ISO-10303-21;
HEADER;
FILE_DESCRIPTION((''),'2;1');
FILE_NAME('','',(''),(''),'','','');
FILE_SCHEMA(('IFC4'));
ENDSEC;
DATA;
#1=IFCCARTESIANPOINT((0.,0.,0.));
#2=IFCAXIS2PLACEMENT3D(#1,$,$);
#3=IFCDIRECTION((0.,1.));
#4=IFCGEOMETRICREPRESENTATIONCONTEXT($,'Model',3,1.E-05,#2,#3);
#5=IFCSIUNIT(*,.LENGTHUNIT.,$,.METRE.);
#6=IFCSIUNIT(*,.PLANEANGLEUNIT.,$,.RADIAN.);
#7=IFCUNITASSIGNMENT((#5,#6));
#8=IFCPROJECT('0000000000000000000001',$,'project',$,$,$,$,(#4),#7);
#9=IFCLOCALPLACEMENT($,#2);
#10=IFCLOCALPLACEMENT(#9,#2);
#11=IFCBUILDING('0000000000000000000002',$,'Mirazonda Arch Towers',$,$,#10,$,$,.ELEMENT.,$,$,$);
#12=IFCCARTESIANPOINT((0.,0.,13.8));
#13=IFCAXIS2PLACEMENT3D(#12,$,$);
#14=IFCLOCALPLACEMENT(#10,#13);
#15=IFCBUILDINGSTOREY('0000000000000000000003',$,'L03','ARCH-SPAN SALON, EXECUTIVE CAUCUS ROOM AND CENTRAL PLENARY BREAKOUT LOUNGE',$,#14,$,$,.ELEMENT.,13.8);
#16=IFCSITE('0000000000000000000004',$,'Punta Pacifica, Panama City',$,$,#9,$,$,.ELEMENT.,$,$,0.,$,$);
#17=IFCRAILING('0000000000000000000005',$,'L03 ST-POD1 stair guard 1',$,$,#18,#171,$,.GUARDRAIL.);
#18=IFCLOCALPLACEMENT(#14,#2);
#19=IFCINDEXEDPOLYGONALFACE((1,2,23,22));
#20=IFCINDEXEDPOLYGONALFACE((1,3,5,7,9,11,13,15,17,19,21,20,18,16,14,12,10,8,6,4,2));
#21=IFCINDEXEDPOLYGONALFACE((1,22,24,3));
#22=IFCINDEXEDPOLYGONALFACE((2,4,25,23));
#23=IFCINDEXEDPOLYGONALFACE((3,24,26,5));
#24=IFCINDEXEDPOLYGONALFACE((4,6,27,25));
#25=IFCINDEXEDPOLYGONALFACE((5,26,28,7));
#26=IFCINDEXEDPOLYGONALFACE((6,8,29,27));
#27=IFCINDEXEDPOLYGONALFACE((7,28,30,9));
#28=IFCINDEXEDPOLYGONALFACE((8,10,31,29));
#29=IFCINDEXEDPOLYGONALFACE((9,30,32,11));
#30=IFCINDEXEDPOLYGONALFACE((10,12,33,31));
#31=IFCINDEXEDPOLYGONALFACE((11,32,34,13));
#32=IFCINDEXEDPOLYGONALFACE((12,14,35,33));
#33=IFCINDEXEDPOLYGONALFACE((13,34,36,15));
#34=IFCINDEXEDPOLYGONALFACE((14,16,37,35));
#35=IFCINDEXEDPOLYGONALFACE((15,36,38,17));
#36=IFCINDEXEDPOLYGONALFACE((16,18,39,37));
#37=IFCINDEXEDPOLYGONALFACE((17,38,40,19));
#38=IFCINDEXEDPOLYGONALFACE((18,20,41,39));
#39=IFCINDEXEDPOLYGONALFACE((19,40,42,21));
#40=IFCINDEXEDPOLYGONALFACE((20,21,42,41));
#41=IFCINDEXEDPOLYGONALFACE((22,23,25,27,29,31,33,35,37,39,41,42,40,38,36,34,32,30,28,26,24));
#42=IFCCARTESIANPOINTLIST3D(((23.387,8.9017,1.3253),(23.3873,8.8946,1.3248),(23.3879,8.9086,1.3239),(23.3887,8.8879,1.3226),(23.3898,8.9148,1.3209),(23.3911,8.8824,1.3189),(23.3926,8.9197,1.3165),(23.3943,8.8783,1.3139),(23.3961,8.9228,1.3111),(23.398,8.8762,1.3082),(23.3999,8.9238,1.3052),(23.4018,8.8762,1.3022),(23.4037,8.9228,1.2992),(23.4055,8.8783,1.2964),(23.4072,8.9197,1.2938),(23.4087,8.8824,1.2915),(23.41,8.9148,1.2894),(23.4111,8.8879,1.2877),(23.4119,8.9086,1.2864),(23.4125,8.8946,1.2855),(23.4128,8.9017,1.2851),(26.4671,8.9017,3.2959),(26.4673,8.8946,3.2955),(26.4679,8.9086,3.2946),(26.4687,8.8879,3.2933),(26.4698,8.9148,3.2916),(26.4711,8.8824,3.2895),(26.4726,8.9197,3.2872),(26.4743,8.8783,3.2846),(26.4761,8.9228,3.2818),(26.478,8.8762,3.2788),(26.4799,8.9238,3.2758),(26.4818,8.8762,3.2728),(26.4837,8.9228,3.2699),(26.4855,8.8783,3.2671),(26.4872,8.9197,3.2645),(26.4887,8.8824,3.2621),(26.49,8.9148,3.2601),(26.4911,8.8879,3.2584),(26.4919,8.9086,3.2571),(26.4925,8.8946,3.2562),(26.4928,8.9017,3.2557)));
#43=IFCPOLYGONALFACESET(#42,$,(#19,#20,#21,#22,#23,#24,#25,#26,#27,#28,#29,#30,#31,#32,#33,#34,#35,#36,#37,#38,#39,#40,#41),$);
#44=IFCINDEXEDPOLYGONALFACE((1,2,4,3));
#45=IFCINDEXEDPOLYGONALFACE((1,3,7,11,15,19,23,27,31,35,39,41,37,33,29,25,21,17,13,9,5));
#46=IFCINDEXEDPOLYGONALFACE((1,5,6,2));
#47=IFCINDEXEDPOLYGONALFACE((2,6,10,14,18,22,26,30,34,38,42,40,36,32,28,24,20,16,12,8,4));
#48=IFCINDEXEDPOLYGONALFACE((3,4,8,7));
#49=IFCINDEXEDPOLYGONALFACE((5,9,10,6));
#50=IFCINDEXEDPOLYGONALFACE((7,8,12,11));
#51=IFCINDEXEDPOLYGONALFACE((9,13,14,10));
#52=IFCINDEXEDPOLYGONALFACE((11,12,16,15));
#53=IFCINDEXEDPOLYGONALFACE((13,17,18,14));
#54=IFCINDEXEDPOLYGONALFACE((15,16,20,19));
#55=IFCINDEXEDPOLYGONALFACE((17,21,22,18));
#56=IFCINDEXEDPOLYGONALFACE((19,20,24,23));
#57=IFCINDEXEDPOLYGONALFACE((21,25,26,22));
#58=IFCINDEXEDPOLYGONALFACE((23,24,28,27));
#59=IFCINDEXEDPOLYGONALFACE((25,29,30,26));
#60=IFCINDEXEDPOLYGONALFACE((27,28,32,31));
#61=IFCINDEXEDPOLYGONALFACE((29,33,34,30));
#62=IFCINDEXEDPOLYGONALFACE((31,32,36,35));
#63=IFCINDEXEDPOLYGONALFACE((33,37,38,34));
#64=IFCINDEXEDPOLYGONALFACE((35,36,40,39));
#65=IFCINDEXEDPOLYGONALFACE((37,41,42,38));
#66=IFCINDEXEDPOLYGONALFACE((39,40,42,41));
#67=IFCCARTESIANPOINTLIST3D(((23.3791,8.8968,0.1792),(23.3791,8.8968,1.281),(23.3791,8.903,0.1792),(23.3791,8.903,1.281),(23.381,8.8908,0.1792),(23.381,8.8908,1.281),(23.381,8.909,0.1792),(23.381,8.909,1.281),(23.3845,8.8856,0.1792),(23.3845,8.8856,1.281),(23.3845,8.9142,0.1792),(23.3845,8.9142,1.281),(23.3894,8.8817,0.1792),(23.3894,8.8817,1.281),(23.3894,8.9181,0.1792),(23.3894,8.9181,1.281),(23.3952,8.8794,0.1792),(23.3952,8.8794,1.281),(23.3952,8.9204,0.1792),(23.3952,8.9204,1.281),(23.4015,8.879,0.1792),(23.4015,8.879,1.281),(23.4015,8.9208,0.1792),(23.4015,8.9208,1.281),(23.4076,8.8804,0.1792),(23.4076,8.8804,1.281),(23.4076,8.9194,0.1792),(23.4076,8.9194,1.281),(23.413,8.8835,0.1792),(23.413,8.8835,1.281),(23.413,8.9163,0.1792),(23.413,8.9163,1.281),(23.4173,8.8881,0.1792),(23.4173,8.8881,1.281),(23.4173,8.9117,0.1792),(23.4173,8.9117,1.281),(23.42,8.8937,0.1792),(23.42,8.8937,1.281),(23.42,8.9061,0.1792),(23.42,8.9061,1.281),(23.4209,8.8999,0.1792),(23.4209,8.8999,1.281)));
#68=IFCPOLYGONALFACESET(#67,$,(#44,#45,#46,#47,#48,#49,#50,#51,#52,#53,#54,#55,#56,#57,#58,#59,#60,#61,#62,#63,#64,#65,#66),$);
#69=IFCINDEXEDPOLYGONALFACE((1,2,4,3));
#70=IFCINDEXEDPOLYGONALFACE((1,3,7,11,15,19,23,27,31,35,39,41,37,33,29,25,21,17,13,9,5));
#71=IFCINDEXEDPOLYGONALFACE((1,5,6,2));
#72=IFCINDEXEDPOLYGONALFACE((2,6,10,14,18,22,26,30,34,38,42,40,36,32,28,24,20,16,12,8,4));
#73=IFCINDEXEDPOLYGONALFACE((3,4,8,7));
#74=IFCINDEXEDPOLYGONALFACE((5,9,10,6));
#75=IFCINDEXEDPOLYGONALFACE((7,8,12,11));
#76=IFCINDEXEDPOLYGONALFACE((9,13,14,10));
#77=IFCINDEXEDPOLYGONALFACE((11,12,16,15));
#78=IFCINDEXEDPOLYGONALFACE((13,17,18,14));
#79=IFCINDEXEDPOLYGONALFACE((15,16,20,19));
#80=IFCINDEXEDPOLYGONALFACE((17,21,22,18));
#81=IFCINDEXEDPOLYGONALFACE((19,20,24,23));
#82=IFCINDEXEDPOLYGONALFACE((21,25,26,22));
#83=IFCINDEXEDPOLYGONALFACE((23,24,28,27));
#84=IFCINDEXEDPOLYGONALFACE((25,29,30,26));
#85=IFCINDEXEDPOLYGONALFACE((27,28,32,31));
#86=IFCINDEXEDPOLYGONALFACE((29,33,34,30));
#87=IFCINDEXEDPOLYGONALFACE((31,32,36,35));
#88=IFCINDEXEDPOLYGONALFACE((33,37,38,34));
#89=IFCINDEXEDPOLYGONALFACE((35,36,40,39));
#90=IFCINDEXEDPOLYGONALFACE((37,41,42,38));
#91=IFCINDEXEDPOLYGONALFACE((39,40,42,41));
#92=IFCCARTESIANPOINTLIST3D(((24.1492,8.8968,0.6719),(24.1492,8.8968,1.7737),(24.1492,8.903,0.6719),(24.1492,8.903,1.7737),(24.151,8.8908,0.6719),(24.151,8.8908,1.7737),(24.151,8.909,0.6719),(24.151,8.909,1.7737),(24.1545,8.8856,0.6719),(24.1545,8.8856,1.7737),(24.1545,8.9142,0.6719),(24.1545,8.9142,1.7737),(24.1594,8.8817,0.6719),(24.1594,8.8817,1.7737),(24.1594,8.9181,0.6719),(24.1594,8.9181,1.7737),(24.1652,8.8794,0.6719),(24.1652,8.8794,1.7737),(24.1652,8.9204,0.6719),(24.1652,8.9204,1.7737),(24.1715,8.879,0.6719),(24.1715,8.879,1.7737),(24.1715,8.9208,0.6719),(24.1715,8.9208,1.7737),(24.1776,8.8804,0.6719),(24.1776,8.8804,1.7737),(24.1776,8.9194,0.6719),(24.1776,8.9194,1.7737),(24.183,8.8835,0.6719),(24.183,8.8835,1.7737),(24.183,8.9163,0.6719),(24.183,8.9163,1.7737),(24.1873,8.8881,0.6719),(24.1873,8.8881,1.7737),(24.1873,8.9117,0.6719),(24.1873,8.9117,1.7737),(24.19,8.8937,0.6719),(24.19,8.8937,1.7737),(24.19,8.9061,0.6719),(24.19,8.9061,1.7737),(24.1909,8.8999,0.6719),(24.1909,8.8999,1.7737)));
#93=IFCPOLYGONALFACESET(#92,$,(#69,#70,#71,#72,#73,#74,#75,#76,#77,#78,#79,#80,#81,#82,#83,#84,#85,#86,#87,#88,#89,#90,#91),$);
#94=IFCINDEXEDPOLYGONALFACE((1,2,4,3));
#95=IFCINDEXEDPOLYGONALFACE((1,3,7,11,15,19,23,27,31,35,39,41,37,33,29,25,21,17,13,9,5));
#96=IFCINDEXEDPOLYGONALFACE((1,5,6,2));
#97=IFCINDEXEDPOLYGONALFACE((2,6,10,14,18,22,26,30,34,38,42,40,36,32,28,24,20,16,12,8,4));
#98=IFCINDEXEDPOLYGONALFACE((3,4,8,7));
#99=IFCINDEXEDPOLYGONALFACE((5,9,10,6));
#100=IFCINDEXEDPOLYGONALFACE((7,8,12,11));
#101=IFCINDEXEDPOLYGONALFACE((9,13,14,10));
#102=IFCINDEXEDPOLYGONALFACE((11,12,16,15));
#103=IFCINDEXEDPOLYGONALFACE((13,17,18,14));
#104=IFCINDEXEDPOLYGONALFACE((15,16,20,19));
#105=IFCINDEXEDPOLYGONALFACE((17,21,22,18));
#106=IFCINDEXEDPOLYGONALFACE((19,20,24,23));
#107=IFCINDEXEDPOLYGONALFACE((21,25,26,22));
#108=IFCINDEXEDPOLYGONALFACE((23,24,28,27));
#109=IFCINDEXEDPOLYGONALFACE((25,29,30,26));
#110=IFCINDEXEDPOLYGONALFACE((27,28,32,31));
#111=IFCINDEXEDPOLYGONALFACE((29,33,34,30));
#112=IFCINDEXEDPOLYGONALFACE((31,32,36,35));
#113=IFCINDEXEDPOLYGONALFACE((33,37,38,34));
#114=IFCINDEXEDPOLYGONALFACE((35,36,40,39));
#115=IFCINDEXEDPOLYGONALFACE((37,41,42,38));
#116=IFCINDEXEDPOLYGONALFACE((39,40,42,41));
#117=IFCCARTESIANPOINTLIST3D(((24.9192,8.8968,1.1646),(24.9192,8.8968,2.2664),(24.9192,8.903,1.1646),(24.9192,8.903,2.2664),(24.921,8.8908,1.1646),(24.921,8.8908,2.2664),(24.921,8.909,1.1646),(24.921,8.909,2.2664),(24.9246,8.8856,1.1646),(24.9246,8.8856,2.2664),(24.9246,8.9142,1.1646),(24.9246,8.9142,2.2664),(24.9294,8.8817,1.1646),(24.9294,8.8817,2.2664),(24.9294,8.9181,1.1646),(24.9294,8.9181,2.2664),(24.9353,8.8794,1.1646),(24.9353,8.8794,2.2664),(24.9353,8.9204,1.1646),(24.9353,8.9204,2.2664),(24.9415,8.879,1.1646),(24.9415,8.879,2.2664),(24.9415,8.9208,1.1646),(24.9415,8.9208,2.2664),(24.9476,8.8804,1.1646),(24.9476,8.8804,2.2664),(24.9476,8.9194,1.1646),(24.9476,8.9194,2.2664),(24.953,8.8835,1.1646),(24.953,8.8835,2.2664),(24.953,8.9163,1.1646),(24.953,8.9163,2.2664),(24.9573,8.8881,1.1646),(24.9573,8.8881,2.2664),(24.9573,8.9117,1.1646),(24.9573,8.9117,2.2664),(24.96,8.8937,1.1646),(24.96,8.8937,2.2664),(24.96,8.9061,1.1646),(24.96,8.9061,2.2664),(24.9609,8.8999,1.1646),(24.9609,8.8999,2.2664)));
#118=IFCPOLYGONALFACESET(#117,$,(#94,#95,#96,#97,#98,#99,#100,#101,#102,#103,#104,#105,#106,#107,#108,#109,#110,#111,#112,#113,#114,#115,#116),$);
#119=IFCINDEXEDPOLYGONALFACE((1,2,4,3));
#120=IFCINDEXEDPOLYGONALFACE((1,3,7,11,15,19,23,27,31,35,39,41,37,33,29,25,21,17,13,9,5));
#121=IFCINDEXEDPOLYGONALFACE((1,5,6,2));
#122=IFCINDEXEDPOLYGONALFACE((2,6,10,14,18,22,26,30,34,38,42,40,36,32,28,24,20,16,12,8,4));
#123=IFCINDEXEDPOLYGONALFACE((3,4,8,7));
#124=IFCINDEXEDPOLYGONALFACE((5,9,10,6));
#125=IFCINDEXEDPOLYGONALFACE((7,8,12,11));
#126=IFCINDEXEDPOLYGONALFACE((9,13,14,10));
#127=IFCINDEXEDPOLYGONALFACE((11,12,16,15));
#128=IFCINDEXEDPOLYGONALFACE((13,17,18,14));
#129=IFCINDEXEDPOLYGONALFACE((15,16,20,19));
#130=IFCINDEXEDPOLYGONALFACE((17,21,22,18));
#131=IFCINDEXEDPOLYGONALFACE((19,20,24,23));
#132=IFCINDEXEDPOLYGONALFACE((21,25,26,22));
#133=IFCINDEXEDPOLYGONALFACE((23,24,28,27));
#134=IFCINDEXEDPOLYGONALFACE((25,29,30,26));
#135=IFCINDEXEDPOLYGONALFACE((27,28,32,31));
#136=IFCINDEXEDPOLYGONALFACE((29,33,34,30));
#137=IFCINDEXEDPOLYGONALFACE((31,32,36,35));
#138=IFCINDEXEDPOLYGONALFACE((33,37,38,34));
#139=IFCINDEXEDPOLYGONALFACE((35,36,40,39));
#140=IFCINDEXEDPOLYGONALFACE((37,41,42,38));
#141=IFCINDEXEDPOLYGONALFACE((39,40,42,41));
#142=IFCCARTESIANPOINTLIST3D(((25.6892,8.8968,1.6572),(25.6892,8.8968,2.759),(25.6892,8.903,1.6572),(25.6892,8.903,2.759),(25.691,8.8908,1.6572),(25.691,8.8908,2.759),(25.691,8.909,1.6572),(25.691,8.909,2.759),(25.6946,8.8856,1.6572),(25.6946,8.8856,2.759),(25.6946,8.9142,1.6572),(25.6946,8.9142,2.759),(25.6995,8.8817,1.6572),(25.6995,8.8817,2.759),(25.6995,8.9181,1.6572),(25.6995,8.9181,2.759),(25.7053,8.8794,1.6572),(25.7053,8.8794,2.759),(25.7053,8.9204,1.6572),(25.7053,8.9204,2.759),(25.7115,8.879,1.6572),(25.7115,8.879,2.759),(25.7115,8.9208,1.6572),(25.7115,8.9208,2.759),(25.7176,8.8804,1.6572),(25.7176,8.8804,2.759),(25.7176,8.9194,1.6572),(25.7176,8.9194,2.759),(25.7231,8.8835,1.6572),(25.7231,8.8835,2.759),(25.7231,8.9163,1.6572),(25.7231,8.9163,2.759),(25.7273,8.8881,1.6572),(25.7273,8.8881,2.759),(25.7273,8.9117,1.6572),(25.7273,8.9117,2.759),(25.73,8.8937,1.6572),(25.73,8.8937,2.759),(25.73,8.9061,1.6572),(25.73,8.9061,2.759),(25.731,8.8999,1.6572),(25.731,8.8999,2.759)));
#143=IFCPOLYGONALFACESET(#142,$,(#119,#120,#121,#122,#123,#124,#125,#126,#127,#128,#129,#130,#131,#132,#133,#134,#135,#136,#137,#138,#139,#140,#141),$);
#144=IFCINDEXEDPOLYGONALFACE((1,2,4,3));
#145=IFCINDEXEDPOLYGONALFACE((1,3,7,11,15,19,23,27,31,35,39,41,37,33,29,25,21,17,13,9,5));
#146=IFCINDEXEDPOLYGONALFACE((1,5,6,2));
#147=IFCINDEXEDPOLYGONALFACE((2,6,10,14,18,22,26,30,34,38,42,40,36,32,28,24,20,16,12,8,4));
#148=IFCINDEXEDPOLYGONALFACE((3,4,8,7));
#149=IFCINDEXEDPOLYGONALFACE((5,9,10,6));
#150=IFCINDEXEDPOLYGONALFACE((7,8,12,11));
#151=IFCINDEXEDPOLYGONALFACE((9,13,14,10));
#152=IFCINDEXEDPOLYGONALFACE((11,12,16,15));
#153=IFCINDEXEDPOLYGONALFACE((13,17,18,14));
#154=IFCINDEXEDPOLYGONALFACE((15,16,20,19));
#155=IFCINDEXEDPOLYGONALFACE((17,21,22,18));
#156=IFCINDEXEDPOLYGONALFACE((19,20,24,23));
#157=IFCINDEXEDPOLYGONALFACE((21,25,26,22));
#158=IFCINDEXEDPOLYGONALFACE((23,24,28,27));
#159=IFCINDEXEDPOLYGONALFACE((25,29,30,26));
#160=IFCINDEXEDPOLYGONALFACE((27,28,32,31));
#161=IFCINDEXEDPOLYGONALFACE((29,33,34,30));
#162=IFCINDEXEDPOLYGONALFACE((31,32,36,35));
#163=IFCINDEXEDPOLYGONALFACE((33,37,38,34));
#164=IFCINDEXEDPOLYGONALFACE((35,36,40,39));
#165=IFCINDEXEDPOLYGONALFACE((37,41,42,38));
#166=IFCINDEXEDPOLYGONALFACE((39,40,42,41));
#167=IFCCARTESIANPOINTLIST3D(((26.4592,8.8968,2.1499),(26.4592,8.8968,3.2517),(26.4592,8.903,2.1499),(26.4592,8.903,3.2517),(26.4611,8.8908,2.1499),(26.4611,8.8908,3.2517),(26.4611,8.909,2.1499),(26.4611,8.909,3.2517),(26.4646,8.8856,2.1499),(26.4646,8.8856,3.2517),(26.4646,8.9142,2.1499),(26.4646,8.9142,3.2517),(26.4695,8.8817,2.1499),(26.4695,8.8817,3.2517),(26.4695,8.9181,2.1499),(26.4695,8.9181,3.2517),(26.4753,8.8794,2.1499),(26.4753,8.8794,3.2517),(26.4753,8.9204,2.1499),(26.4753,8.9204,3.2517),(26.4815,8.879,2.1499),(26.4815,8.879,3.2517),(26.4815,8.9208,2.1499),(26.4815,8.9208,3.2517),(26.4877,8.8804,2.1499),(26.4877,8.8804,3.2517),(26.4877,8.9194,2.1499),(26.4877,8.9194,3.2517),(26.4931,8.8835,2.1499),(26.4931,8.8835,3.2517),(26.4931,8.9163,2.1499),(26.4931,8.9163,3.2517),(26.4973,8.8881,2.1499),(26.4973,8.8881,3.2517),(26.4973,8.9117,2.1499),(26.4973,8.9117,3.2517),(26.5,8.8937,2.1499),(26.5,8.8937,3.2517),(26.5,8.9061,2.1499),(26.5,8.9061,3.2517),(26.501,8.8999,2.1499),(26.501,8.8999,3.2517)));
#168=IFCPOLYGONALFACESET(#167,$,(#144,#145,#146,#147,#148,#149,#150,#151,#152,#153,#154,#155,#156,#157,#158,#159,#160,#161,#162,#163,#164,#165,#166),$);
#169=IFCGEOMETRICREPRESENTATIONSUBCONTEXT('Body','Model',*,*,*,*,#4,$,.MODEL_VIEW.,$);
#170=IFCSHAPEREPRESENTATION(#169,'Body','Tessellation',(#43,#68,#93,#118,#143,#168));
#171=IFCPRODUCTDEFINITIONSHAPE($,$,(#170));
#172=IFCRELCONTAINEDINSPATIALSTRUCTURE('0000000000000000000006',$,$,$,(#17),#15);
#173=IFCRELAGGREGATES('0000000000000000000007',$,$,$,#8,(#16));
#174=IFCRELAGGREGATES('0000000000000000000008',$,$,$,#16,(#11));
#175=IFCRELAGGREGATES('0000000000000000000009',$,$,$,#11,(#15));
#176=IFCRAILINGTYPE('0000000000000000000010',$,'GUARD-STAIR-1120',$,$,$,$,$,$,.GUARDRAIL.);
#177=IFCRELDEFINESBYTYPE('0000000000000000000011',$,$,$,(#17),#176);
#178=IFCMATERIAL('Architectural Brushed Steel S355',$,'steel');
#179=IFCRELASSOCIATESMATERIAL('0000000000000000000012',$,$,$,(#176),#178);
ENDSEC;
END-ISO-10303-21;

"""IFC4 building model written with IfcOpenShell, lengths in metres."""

from ifc_helpers import new_model, si_unit, direction, frame, origin, origin_2d, place, context, subcontext, project, spatial, circle, extrude, material, type_object, element, save


model = new_model("IFC4")

# Units and contexts
model_context = context("Model", 3, precision=1e-05, world=origin(), true_north=direction((0.0, 1.0)))
body_context = subcontext(model_context, "Body", "Model", "MODEL_VIEW")
ifc_project = project(units=[si_unit("LENGTHUNIT", "METRE"), si_unit("PLANEANGLEUNIT", "RADIAN")], contexts=[model_context])

# Site, building, storey
site_placement = place(None, origin())
site = spatial("IfcSite", under=ifc_project, at=site_placement, Name="Punta Pacifica, Panama City", CompositionType="ELEMENT", RefElevation=0.0)
building_placement = place(site_placement, origin())
building = spatial("IfcBuilding", under=site, at=building_placement, Name="Mirazonda Arch Towers", CompositionType="ELEMENT")
storey_placement = place(building_placement, frame((0.0, 0.0, 13.8)))
storey = spatial("IfcBuildingStorey", under=building, at=storey_placement, Name="L03", Description="ARCH-SPAN SALON, EXECUTIVE CAUCUS ROOM AND CENTRAL PLENARY BREAKOUT LOUNGE", CompositionType="ELEMENT", Elevation=13.8)

# Railing
ifc_material_1 = material(Name="Architectural Brushed Steel S355", Category="steel")
railing_type_1 = type_object("IfcRailingType", Name="GUARD-STAIR-1120", PredefinedType="GUARDRAIL", material=ifc_material_1)
railing_1_placement = place(storey_placement, frame((23.3999, 8.8999, 0.1792)))
element("IfcRailing", 1, at=railing_1_placement, inside=storey, type_object=railing_type_1, Name="L03 ST-POD1 stair guard 1", PredefinedType="GUARDRAIL", context=body_context, shape_type="SweptSolid", body=[
    extrude(circle(Radius=0.0239, at=origin_2d()), frame((0.0, 0.0, 1.126), z_axis=(0.842339, 0.0, 0.538948), x_axis=(0.0, 1.0, 0.0)), (0.0, 0.0, 1.0), 3.6565),
    extrude(circle(Radius=0.021, at=origin_2d()), origin(), (0.0, 0.0, 1.0), 1.1018),
    extrude(circle(Radius=0.021, at=origin_2d()), frame((0.77, 0.0, 0.4927)), (0.0, 0.0, 1.0), 1.1018),
    extrude(circle(Radius=0.021, at=origin_2d()), frame((1.54, 0.0, 0.9854)), (0.0, 0.0, 1.0), 1.1018),
    extrude(circle(Radius=0.021, at=origin_2d()), frame((2.3101, 0.0, 1.478)), (0.0, 0.0, 1.0), 1.1018),
    extrude(circle(Radius=0.021, at=origin_2d()), frame((3.0801, 0.0, 1.9707)), (0.0, 0.0, 1.0), 1.1018),
])

save(model, "model.ifc")
